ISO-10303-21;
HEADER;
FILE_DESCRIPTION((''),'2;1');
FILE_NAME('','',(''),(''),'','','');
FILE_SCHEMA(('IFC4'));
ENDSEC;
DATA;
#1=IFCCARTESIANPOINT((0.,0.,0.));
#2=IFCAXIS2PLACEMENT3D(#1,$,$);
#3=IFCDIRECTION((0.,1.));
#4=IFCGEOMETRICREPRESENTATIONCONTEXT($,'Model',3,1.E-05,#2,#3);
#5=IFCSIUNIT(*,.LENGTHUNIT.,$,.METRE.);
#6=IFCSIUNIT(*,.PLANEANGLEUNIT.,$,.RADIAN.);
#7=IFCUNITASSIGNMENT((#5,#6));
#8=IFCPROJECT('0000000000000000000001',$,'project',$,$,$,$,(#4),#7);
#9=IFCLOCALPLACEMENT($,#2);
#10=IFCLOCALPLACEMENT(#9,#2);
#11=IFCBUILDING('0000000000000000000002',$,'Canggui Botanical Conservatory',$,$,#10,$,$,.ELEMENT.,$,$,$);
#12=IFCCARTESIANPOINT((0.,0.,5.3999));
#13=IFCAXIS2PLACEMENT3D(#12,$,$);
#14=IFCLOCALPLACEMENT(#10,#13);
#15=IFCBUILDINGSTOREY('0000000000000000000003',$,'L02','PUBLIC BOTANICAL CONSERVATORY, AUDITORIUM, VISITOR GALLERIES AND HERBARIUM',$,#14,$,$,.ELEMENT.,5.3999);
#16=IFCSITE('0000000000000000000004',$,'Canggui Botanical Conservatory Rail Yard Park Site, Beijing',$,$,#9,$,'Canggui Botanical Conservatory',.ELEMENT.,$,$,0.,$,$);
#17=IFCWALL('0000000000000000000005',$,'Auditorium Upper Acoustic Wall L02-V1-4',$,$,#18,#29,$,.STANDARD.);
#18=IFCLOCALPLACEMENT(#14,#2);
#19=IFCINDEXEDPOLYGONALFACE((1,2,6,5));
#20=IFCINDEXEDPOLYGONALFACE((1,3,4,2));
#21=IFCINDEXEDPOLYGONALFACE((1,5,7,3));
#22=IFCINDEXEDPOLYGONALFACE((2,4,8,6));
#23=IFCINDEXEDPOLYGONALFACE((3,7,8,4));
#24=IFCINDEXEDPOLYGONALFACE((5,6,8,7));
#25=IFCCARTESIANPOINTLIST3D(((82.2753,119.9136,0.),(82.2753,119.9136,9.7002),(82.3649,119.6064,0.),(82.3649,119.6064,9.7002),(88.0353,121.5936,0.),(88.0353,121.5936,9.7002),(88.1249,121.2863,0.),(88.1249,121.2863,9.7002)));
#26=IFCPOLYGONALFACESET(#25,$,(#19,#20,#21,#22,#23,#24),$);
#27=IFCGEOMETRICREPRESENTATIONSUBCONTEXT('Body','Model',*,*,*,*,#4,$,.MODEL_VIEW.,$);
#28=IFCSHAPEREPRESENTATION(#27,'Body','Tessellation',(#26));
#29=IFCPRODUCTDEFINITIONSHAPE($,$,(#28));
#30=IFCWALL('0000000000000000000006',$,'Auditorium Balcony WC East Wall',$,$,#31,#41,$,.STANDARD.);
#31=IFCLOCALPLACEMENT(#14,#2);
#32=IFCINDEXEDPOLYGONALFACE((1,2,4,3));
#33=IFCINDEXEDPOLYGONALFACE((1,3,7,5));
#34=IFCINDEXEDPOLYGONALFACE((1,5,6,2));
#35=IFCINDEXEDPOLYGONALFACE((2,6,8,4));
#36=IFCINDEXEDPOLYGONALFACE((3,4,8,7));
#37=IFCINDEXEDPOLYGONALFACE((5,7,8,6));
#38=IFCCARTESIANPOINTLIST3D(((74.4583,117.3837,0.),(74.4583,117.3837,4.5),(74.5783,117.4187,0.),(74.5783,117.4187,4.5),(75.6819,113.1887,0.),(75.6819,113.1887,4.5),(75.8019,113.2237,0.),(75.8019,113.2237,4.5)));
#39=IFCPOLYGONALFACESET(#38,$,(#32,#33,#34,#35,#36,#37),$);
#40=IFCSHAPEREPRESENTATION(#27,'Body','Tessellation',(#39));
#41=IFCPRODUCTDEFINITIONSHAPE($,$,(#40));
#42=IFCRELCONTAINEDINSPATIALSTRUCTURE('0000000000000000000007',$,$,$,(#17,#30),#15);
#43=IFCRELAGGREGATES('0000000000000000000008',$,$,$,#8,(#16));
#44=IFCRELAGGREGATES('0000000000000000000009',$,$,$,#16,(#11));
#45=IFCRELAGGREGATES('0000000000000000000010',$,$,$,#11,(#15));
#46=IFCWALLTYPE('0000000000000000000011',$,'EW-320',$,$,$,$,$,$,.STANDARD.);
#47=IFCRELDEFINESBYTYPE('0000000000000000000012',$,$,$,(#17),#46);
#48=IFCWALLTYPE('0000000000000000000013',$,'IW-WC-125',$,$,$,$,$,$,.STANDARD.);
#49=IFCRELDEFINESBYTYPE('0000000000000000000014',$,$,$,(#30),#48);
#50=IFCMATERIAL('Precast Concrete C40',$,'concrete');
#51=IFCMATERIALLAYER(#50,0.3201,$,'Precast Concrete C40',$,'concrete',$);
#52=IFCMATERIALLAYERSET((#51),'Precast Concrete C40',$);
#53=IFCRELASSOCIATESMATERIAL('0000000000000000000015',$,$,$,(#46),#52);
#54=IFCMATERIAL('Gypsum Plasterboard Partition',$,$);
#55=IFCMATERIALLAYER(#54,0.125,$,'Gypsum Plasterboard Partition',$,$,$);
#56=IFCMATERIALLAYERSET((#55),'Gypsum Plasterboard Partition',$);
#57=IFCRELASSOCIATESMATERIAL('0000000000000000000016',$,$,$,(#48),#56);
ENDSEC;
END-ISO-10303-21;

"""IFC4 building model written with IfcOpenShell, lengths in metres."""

from ifc_helpers import new_model, si_unit, direction, frame, frame_2d, origin, place, context, subcontext, project, spatial, rectangle, extrude, material, layer, layer_set, type_object, element, save


model = new_model("IFC4")

# Units and contexts
model_context = context("Model", 3, precision=1e-05, world=origin(), true_north=direction((0.0, 1.0)))
body_context = subcontext(model_context, "Body", "Model", "MODEL_VIEW")
ifc_project = project(units=[si_unit("LENGTHUNIT", "METRE"), si_unit("PLANEANGLEUNIT", "RADIAN")], contexts=[model_context])

# Site, building, storey
site_placement = place(None, origin())
site = spatial("IfcSite", under=ifc_project, at=site_placement, Name="Canggui Botanical Conservatory Rail Yard Park Site, Beijing", LongName="Canggui Botanical Conservatory", CompositionType="ELEMENT", RefElevation=0.0)
building_placement = place(site_placement, origin())
building = spatial("IfcBuilding", under=site, at=building_placement, Name="Canggui Botanical Conservatory", CompositionType="ELEMENT")
storey_placement = place(building_placement, frame((0.0, 0.0, 5.3999)))
storey = spatial("IfcBuildingStorey", under=building, at=storey_placement, Name="L02", Description="PUBLIC BOTANICAL CONSERVATORY, AUDITORIUM, VISITOR GALLERIES AND HERBARIUM", CompositionType="ELEMENT", Elevation=5.3999)

# Walls
ifc_material_1 = material(Name="Precast Concrete C40", Category="concrete")
ifc_layer_1 = layer(ifc_material_1, 0.3201, Name="Precast Concrete C40", Category="concrete")
ifc_layer_set_1 = layer_set([ifc_layer_1], Name="Precast Concrete C40")
wall_type_1 = type_object("IfcWallType", Name="EW-320", PredefinedType="STANDARD", material=ifc_layer_set_1)
for number, where, z_axis, x_axis, name in (
    (1, (82.3201, 119.76, 0.0), (0.0, 0.0, 1.0), (0.960003, 0.279989, 0.0), "Auditorium Upper Acoustic Wall L02-V1-4"),
):
    element("IfcWall", number, at=place(storey_placement, frame(where, z_axis=z_axis, x_axis=x_axis)), inside=storey, type_object=wall_type_1, Name=name, PredefinedType="STANDARD", context=body_context, shape_type="SweptSolid", body=[
        extrude(rectangle(XDim=6.0, YDim=0.3201, at=frame_2d((3.0, 0.0))), origin(), (0.0, 0.0, 1.0), 9.7002),
    ])
ifc_material_2 = material(Name="Gypsum Plasterboard Partition")
ifc_layer_2 = layer(ifc_material_2, 0.125, Name="Gypsum Plasterboard Partition")
ifc_layer_set_2 = layer_set([ifc_layer_2], Name="Gypsum Plasterboard Partition")
wall_type_2 = type_object("IfcWallType", Name="IW-WC-125", PredefinedType="STANDARD", material=ifc_layer_set_2)
wall_placement = place(storey_placement, frame((75.7419, 113.2061, 0.0), z_axis=(0.0, 0.0, 1.0), x_axis=(-0.280015, 0.959996, 0.0)))
element("IfcWall", 2, at=wall_placement, inside=storey, type_object=wall_type_2, Name="Auditorium Balcony WC East Wall", PredefinedType="STANDARD", context=body_context, shape_type="SweptSolid", body=[
    extrude(rectangle(XDim=4.3699, YDim=0.125, at=frame_2d((2.1851, 0.0))), origin(), (0.0, 0.0, 1.0), 4.5),
])

save(model, "model.ifc")
